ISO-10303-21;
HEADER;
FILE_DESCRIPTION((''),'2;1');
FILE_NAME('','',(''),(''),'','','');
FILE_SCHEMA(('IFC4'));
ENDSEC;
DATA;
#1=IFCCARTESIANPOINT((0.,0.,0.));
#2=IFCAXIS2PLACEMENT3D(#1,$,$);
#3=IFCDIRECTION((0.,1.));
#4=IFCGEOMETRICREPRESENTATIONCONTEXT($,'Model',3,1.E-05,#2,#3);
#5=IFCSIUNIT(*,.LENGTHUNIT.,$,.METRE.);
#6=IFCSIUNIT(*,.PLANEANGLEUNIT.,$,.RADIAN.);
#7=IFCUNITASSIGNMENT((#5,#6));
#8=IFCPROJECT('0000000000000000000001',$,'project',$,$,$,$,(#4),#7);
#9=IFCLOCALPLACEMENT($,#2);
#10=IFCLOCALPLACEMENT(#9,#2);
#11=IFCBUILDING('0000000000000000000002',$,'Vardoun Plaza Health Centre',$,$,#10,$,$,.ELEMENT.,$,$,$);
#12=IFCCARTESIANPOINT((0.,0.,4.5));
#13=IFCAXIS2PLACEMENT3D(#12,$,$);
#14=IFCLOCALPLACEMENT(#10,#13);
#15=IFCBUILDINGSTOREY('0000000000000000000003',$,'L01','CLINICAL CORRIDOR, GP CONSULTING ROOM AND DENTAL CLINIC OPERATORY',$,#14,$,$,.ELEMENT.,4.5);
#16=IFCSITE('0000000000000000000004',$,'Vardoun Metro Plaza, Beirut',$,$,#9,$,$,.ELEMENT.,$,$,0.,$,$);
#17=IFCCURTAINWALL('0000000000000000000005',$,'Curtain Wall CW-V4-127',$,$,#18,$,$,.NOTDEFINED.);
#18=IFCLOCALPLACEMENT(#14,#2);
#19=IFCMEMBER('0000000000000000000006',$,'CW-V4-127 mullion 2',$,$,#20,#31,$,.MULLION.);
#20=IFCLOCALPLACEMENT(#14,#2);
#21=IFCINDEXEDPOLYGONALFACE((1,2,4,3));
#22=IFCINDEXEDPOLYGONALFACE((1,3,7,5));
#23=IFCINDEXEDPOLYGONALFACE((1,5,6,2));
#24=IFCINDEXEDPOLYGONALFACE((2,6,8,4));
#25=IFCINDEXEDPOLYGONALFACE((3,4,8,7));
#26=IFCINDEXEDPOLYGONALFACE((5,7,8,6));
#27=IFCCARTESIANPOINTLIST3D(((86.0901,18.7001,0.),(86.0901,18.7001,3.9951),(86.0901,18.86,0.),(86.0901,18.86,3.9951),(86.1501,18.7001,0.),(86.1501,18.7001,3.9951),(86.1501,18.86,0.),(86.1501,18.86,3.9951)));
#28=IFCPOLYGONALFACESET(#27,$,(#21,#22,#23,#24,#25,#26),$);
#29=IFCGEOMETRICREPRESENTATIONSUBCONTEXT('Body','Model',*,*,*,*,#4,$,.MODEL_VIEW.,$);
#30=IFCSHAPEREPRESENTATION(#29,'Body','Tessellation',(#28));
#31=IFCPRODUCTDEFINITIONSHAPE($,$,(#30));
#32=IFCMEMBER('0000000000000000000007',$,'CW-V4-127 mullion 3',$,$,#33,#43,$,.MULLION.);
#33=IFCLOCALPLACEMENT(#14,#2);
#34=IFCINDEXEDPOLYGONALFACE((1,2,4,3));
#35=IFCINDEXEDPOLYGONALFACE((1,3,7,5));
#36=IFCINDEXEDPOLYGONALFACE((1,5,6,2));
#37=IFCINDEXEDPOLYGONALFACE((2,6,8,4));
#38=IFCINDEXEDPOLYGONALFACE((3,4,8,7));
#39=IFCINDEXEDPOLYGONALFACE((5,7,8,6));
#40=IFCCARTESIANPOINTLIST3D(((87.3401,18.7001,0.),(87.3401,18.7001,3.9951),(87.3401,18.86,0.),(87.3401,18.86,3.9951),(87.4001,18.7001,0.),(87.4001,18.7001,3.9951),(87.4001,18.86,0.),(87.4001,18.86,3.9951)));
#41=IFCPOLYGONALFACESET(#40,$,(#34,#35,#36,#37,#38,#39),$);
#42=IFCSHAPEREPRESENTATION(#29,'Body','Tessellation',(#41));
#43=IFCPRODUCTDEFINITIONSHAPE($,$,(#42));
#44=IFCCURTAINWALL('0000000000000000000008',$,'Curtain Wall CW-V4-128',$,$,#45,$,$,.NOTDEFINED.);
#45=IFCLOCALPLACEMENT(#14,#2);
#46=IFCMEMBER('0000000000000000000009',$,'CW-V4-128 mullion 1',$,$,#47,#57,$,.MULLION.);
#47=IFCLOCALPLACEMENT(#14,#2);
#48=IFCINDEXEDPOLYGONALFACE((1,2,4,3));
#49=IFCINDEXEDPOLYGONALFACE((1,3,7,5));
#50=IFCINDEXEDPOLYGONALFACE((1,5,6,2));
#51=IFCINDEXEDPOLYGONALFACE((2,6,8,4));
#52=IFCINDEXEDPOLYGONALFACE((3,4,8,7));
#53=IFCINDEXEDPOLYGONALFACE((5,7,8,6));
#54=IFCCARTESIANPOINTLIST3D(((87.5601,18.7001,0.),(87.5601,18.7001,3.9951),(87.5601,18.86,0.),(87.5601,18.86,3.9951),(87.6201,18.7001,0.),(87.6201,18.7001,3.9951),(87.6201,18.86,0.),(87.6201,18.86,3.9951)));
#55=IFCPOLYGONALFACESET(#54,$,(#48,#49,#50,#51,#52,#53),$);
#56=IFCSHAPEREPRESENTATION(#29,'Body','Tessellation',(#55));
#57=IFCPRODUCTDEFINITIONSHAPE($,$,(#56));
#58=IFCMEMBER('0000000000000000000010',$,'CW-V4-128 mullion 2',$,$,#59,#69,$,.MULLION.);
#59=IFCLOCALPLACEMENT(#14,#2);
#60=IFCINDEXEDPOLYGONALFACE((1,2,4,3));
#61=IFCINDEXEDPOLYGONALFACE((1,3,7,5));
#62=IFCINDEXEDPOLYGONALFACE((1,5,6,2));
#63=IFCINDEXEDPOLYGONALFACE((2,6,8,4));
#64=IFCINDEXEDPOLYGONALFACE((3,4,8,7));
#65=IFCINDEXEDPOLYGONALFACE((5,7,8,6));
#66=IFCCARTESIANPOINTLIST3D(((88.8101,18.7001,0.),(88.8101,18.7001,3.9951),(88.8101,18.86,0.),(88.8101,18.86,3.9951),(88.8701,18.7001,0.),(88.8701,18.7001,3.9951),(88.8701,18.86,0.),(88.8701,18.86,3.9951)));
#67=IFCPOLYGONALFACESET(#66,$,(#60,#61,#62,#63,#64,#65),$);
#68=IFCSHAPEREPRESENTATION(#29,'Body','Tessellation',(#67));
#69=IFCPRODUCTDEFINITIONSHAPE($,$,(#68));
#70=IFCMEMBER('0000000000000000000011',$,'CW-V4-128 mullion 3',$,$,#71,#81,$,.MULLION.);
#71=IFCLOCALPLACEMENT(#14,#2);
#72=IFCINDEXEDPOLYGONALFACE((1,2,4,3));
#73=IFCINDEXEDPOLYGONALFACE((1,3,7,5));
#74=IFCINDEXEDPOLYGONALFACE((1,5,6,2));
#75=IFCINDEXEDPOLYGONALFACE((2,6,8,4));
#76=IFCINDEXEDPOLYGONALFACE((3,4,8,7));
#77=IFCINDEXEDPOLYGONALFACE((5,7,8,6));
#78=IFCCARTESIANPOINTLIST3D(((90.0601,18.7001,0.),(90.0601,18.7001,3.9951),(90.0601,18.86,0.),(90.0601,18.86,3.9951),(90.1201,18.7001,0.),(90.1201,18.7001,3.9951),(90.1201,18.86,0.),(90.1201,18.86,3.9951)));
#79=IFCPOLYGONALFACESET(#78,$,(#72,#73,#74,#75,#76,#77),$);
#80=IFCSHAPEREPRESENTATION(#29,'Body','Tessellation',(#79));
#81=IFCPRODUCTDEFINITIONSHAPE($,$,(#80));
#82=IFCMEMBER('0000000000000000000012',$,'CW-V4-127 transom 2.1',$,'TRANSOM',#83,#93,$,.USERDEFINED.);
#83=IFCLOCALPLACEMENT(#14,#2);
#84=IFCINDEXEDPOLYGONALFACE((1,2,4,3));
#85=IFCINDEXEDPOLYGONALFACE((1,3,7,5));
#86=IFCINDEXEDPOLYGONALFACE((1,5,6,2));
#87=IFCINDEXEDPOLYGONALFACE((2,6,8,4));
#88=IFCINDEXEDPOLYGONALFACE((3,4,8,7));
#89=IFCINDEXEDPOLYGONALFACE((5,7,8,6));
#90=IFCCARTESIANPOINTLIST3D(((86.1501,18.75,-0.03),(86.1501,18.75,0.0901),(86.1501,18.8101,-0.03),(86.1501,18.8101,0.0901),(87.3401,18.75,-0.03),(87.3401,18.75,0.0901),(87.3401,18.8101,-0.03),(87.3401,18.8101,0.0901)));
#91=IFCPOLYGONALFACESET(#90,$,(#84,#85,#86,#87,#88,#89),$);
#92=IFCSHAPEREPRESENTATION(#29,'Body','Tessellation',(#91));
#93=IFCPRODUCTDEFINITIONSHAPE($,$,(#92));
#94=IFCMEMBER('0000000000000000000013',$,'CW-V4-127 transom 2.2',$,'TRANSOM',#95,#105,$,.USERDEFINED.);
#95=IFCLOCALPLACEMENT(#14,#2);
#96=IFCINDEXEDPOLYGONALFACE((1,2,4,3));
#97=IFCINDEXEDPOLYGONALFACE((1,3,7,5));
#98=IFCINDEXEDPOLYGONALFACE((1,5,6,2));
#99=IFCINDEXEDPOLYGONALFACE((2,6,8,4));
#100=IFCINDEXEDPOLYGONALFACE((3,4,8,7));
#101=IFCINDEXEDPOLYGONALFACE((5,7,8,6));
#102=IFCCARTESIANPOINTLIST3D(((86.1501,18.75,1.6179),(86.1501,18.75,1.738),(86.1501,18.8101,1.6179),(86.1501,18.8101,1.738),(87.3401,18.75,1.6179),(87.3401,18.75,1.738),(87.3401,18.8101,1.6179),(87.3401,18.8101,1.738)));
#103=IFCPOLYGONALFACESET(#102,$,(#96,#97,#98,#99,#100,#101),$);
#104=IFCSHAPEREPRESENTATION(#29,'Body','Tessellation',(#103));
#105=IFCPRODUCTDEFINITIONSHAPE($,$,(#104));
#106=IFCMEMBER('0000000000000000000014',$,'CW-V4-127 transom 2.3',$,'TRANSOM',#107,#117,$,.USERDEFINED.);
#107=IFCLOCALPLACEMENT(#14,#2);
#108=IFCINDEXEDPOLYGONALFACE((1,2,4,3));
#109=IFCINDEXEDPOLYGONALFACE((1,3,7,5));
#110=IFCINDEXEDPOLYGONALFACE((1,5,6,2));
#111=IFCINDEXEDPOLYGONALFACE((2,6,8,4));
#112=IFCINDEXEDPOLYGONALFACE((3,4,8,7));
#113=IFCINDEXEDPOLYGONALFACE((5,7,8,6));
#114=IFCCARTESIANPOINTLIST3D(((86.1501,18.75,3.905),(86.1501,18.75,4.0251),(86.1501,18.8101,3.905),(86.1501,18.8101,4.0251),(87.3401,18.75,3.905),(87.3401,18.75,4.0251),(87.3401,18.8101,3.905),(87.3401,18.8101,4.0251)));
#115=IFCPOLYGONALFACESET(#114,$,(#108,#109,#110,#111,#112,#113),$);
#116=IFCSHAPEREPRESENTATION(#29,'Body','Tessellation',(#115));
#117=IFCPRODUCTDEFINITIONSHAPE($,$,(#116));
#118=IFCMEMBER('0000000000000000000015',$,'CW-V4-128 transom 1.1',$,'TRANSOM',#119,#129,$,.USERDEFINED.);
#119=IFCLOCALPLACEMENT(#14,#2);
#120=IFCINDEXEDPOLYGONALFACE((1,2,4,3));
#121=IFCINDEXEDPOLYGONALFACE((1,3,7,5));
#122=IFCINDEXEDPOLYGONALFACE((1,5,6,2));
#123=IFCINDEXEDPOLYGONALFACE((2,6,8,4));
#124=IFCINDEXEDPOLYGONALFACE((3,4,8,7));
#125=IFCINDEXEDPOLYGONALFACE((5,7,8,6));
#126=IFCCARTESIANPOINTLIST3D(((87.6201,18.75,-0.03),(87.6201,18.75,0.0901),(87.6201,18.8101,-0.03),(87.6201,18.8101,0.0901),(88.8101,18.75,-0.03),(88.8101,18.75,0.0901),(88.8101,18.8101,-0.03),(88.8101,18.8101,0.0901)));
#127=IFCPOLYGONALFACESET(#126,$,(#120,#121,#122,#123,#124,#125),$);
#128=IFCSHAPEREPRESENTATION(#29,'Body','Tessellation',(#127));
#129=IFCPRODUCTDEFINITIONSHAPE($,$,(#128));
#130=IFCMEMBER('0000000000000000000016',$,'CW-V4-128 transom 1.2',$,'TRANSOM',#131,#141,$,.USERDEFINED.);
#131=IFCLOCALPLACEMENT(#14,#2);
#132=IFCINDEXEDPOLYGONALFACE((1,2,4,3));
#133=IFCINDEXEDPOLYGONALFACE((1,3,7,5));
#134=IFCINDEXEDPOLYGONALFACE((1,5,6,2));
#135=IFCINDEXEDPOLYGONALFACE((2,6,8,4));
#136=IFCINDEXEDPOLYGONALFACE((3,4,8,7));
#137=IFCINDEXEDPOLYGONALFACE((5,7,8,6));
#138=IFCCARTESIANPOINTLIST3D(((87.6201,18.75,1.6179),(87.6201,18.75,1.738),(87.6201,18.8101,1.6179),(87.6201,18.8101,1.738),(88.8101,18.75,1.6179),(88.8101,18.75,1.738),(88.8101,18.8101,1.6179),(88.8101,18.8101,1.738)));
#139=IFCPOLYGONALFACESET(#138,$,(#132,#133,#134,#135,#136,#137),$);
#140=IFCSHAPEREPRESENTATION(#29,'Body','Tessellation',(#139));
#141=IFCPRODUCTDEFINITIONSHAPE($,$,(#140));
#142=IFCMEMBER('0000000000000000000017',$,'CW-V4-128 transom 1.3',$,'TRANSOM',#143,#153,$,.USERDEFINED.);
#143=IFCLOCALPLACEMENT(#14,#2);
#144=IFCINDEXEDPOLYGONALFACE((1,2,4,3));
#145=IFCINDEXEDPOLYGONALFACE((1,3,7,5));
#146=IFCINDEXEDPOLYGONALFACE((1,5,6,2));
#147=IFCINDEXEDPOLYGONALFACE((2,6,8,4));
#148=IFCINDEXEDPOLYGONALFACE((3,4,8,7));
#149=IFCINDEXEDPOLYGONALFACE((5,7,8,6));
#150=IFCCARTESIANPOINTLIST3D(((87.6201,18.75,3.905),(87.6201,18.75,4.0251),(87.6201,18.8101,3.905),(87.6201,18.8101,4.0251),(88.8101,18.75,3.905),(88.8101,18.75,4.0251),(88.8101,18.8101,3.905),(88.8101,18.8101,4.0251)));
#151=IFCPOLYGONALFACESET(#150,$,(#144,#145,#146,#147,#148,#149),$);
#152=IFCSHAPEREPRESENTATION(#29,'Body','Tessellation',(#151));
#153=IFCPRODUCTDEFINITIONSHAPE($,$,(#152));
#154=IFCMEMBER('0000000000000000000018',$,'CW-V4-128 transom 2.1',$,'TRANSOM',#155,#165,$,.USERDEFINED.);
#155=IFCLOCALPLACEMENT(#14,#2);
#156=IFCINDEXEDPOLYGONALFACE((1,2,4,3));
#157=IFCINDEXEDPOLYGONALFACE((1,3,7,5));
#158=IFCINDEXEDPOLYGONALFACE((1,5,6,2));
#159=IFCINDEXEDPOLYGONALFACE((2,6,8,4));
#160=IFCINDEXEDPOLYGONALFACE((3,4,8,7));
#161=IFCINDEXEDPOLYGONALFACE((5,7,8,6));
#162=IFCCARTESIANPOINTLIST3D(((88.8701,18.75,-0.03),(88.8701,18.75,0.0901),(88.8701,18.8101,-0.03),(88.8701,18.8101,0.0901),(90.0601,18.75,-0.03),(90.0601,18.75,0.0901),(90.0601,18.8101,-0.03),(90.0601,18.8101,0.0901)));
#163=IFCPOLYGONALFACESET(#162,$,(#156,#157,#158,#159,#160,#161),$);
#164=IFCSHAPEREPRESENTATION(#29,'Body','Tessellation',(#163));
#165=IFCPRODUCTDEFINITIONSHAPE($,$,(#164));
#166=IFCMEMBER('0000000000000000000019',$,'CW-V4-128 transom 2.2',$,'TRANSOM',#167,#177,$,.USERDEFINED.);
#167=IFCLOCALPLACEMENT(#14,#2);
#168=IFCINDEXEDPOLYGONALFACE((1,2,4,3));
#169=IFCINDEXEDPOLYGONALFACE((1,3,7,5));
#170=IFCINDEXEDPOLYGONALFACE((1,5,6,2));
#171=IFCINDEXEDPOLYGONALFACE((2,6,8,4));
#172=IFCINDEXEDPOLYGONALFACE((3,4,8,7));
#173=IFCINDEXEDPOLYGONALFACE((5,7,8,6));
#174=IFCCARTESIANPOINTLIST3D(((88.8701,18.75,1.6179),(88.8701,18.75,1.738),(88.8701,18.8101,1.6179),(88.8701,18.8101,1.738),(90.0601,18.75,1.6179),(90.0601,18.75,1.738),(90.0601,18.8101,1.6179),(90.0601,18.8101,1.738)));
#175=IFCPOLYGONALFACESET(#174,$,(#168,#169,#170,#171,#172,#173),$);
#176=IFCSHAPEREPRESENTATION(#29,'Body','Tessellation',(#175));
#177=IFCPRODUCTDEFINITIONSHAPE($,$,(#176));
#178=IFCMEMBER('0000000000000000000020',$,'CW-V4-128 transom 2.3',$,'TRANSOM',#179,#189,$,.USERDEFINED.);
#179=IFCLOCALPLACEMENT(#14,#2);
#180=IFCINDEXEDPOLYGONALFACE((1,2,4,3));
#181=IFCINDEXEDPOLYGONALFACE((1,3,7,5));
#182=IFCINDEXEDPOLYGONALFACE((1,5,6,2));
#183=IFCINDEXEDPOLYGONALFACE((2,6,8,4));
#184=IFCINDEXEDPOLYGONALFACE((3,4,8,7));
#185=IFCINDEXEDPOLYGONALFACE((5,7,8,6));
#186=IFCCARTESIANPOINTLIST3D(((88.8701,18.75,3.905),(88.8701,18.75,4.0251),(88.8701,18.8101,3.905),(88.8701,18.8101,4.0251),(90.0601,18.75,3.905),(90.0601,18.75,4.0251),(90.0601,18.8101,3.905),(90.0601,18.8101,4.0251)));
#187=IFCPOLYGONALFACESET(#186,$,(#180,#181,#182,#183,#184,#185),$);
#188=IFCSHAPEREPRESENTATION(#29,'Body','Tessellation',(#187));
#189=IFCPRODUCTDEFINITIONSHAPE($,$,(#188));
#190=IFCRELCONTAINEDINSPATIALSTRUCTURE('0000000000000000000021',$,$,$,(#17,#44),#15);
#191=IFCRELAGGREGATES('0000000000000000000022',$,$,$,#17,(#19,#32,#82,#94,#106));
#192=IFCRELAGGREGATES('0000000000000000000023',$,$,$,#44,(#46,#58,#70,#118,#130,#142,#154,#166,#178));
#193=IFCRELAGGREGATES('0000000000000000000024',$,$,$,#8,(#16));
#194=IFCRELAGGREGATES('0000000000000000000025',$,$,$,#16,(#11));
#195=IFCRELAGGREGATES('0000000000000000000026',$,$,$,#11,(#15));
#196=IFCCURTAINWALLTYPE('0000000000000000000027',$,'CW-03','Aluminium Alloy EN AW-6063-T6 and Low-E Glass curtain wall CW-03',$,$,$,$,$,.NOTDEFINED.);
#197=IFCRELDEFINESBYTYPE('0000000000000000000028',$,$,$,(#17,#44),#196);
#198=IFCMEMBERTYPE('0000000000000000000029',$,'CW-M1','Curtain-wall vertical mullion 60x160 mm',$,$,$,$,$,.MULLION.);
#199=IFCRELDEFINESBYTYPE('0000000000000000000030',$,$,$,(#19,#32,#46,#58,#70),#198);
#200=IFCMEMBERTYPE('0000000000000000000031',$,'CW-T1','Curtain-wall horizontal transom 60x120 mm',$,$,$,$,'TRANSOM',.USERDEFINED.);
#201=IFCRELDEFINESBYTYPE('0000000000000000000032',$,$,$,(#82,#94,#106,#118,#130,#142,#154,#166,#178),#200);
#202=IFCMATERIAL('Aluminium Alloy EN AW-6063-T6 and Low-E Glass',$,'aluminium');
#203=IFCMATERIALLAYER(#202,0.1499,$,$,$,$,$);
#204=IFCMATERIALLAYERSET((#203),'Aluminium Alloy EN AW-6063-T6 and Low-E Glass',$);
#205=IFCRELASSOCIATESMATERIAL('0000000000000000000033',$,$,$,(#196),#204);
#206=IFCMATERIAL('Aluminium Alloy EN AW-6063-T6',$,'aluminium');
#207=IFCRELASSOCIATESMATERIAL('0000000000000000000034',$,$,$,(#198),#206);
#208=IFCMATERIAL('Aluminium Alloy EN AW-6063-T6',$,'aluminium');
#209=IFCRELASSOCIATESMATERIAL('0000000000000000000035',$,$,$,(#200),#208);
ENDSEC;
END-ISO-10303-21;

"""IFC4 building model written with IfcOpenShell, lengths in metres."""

from ifc_helpers import new_model, si_unit, direction, frame, origin, origin_2d, place, context, subcontext, project, spatial, rectangle, extrude, material, layer, layer_set, material_profile, profile_set, type_object, element, aggregate, save


model = new_model("IFC4")

# Units and contexts
model_context = context("Model", 3, precision=1e-05, world=origin(), true_north=direction((0.0, 1.0)))
body_context = subcontext(model_context, "Body", "Model", "MODEL_VIEW")
ifc_project = project(units=[si_unit("LENGTHUNIT", "METRE"), si_unit("PLANEANGLEUNIT", "RADIAN")], contexts=[model_context])

# Site, building, storey
site_placement = place(None, origin())
site = spatial("IfcSite", under=ifc_project, at=site_placement, Name="Vardoun Metro Plaza, Beirut", CompositionType="ELEMENT", RefElevation=0.0)
building_placement = place(site_placement, origin())
building = spatial("IfcBuilding", under=site, at=building_placement, Name="Vardoun Plaza Health Centre", CompositionType="ELEMENT")
storey_placement = place(building_placement, frame((0.0, 0.0, 4.5)))
storey = spatial("IfcBuildingStorey", under=building, at=storey_placement, Name="L01", Description="CLINICAL CORRIDOR, GP CONSULTING ROOM AND DENTAL CLINIC OPERATORY", CompositionType="ELEMENT", Elevation=4.5)

# Curtain walls, members
ifc_material_1 = material(Name="Aluminium Alloy EN AW-6063-T6 and Low-E Glass", Category="aluminium")
ifc_layer_1 = layer(ifc_material_1, 0.1499)
ifc_layer_set_1 = layer_set([ifc_layer_1], Name="Aluminium Alloy EN AW-6063-T6 and Low-E Glass")
curtain_wall_type = type_object("IfcCurtainWallType", Name="CW-03", Description="Aluminium Alloy EN AW-6063-T6 and Low-E Glass curtain wall CW-03", PredefinedType="NOTDEFINED", material=ifc_layer_set_1)
curtain_wall_1_placement = place(storey_placement, origin())
curtain_wall_1 = element("IfcCurtainWall", 1, at=curtain_wall_1_placement, inside=storey, type_object=curtain_wall_type, Name="Curtain Wall CW-V4-127", PredefinedType="NOTDEFINED")
ifc_material_2 = material(Name="Aluminium Alloy EN AW-6063-T6", Category="aluminium")
ifc_material_profile_1 = material_profile(ifc_material_2, rectangle(XDim=0.1599, YDim=0.0601, at=origin_2d()), Name="CWM 60x160")
ifc_profile_set_1 = profile_set([ifc_material_profile_1], Name="Aluminium Alloy EN AW-6063-T6")
member_type_1 = type_object("IfcMemberType", Name="CW-M1", Description="Curtain-wall vertical mullion 60x160 mm", PredefinedType="MULLION", material=ifc_profile_set_1)
member_1_placement = place(storey_placement, frame((86.1201, 18.78, 0.0), z_axis=(0.0, 0.0, 1.0), x_axis=(0.0, 1.0, 0.0)))
member_1 = element("IfcMember", 2, at=member_1_placement, type_object=member_type_1, Name="CW-V4-127 mullion 2", PredefinedType="MULLION", context=body_context, shape_type="SweptSolid", body=[
    extrude(rectangle(XDim=0.1599, YDim=0.0601, at=origin_2d()), origin(), (0.0, 0.0, 1.0), 3.9951),
])
member_2_placement = place(storey_placement, frame((87.3701, 18.78, 0.0), z_axis=(0.0, 0.0, 1.0), x_axis=(0.0, 1.0, 0.0)))
member_2 = element("IfcMember", 3, at=member_2_placement, type_object=member_type_1, Name="CW-V4-127 mullion 3", PredefinedType="MULLION", context=body_context, shape_type="SweptSolid", body=[
    extrude(rectangle(XDim=0.1599, YDim=0.0601, at=origin_2d()), origin(), (0.0, 0.0, 1.0), 3.9951),
])
curtain_wall_2_placement = place(storey_placement, origin())
curtain_wall_2 = element("IfcCurtainWall", 4, at=curtain_wall_2_placement, inside=storey, type_object=curtain_wall_type, Name="Curtain Wall CW-V4-128", PredefinedType="NOTDEFINED")
member_3_placement = place(storey_placement, frame((87.5901, 18.78, 0.0), z_axis=(0.0, 0.0, 1.0), x_axis=(0.0, 1.0, 0.0)))
member_3 = element("IfcMember", 5, at=member_3_placement, type_object=member_type_1, Name="CW-V4-128 mullion 1", PredefinedType="MULLION", context=body_context, shape_type="SweptSolid", body=[
    extrude(rectangle(XDim=0.1599, YDim=0.0601, at=origin_2d()), origin(), (0.0, 0.0, 1.0), 3.9951),
])
member_4_placement = place(storey_placement, frame((88.8401, 18.78, 0.0), z_axis=(0.0, 0.0, 1.0), x_axis=(0.0, 1.0, 0.0)))
member_4 = element("IfcMember", 6, at=member_4_placement, type_object=member_type_1, Name="CW-V4-128 mullion 2", PredefinedType="MULLION", context=body_context, shape_type="SweptSolid", body=[
    extrude(rectangle(XDim=0.1599, YDim=0.0601, at=origin_2d()), origin(), (0.0, 0.0, 1.0), 3.9951),
])
member_5_placement = place(storey_placement, frame((90.0901, 18.78, 0.0), z_axis=(0.0, 0.0, 1.0), x_axis=(0.0, 1.0, 0.0)))
member_5 = element("IfcMember", 7, at=member_5_placement, type_object=member_type_1, Name="CW-V4-128 mullion 3", PredefinedType="MULLION", context=body_context, shape_type="SweptSolid", body=[
    extrude(rectangle(XDim=0.1599, YDim=0.0601, at=origin_2d()), origin(), (0.0, 0.0, 1.0), 3.9951),
])

# Members
ifc_material_3 = material(Name="Aluminium Alloy EN AW-6063-T6", Category="aluminium")
ifc_material_profile_2 = material_profile(ifc_material_3, rectangle(XDim=0.0601, YDim=0.1201, at=origin_2d()), Name="CWT 60x120")
ifc_profile_set_2 = profile_set([ifc_material_profile_2], Name="Aluminium Alloy EN AW-6063-T6")
member_type_2 = type_object("IfcMemberType", Name="CW-T1", Description="Curtain-wall horizontal transom 60x120 mm", ElementType="TRANSOM", PredefinedType="USERDEFINED", material=ifc_profile_set_2)
member_6_placement = place(storey_placement, frame((86.1501, 18.78, 0.03), z_axis=(1.0, 0.0, 0.0), x_axis=(0.0, 1.0, 0.0)))
member_6 = element("IfcMember", 8, at=member_6_placement, type_object=member_type_2, Name="CW-V4-127 transom 2.1", ObjectType="TRANSOM", PredefinedType="USERDEFINED", context=body_context, shape_type="SweptSolid", body=[
    extrude(rectangle(XDim=0.0601, YDim=0.1201, at=origin_2d()), origin(), (0.0, 0.0, 1.0), 1.1899),
])
member_7_placement = place(storey_placement, frame((86.1501, 18.78, 1.678), z_axis=(1.0, 0.0, 0.0), x_axis=(0.0, 1.0, 0.0)))
member_7 = element("IfcMember", 9, at=member_7_placement, type_object=member_type_2, Name="CW-V4-127 transom 2.2", ObjectType="TRANSOM", PredefinedType="USERDEFINED", context=body_context, shape_type="SweptSolid", body=[
    extrude(rectangle(XDim=0.0601, YDim=0.1201, at=origin_2d()), origin(), (0.0, 0.0, 1.0), 1.1899),
])
member_8_placement = place(storey_placement, frame((86.1501, 18.78, 3.9651), z_axis=(1.0, 0.0, 0.0), x_axis=(0.0, 1.0, 0.0)))
member_8 = element("IfcMember", 10, at=member_8_placement, type_object=member_type_2, Name="CW-V4-127 transom 2.3", ObjectType="TRANSOM", PredefinedType="USERDEFINED", context=body_context, shape_type="SweptSolid", body=[
    extrude(rectangle(XDim=0.0601, YDim=0.1201, at=origin_2d()), origin(), (0.0, 0.0, 1.0), 1.1899),
])
member_9_placement = place(storey_placement, frame((87.6201, 18.78, 0.03), z_axis=(1.0, 0.0, 0.0), x_axis=(0.0, 1.0, 0.0)))
member_9 = element("IfcMember", 11, at=member_9_placement, type_object=member_type_2, Name="CW-V4-128 transom 1.1", ObjectType="TRANSOM", PredefinedType="USERDEFINED", context=body_context, shape_type="SweptSolid", body=[
    extrude(rectangle(XDim=0.0601, YDim=0.1201, at=origin_2d()), origin(), (0.0, 0.0, 1.0), 1.1899),
])
member_10_placement = place(storey_placement, frame((87.6201, 18.78, 1.678), z_axis=(1.0, 0.0, 0.0), x_axis=(0.0, 1.0, 0.0)))
member_10 = element("IfcMember", 12, at=member_10_placement, type_object=member_type_2, Name="CW-V4-128 transom 1.2", ObjectType="TRANSOM", PredefinedType="USERDEFINED", context=body_context, shape_type="SweptSolid", body=[
    extrude(rectangle(XDim=0.0601, YDim=0.1201, at=origin_2d()), origin(), (0.0, 0.0, 1.0), 1.1899),
])
member_11_placement = place(storey_placement, frame((87.6201, 18.78, 3.9651), z_axis=(1.0, 0.0, 0.0), x_axis=(0.0, 1.0, 0.0)))
member_11 = element("IfcMember", 13, at=member_11_placement, type_object=member_type_2, Name="CW-V4-128 transom 1.3", ObjectType="TRANSOM", PredefinedType="USERDEFINED", context=body_context, shape_type="SweptSolid", body=[
    extrude(rectangle(XDim=0.0601, YDim=0.1201, at=origin_2d()), origin(), (0.0, 0.0, 1.0), 1.1899),
])
member_12_placement = place(storey_placement, frame((88.8701, 18.78, 0.03), z_axis=(1.0, 0.0, 0.0), x_axis=(0.0, 1.0, 0.0)))
member_12 = element("IfcMember", 14, at=member_12_placement, type_object=member_type_2, Name="CW-V4-128 transom 2.1", ObjectType="TRANSOM", PredefinedType="USERDEFINED", context=body_context, shape_type="SweptSolid", body=[
    extrude(rectangle(XDim=0.0601, YDim=0.1201, at=origin_2d()), origin(), (0.0, 0.0, 1.0), 1.1899),
])
member_13_placement = place(storey_placement, frame((88.8701, 18.78, 1.678), z_axis=(1.0, 0.0, 0.0), x_axis=(0.0, 1.0, 0.0)))
member_13 = element("IfcMember", 15, at=member_13_placement, type_object=member_type_2, Name="CW-V4-128 transom 2.2", ObjectType="TRANSOM", PredefinedType="USERDEFINED", context=body_context, shape_type="SweptSolid", body=[
    extrude(rectangle(XDim=0.0601, YDim=0.1201, at=origin_2d()), origin(), (0.0, 0.0, 1.0), 1.1899),
])
member_14_placement = place(storey_placement, frame((88.8701, 18.78, 3.9651), z_axis=(1.0, 0.0, 0.0), x_axis=(0.0, 1.0, 0.0)))
member_14 = element("IfcMember", 16, at=member_14_placement, type_object=member_type_2, Name="CW-V4-128 transom 2.3", ObjectType="TRANSOM", PredefinedType="USERDEFINED", context=body_context, shape_type="SweptSolid", body=[
    extrude(rectangle(XDim=0.0601, YDim=0.1201, at=origin_2d()), origin(), (0.0, 0.0, 1.0), 1.1899),
])

aggregate(curtain_wall_1, [member_1, member_2, member_6, member_7, member_8])
aggregate(curtain_wall_2, [member_3, member_4, member_5, member_9, member_10, member_11, member_12, member_13, member_14])

save(model, "model.ifc")
